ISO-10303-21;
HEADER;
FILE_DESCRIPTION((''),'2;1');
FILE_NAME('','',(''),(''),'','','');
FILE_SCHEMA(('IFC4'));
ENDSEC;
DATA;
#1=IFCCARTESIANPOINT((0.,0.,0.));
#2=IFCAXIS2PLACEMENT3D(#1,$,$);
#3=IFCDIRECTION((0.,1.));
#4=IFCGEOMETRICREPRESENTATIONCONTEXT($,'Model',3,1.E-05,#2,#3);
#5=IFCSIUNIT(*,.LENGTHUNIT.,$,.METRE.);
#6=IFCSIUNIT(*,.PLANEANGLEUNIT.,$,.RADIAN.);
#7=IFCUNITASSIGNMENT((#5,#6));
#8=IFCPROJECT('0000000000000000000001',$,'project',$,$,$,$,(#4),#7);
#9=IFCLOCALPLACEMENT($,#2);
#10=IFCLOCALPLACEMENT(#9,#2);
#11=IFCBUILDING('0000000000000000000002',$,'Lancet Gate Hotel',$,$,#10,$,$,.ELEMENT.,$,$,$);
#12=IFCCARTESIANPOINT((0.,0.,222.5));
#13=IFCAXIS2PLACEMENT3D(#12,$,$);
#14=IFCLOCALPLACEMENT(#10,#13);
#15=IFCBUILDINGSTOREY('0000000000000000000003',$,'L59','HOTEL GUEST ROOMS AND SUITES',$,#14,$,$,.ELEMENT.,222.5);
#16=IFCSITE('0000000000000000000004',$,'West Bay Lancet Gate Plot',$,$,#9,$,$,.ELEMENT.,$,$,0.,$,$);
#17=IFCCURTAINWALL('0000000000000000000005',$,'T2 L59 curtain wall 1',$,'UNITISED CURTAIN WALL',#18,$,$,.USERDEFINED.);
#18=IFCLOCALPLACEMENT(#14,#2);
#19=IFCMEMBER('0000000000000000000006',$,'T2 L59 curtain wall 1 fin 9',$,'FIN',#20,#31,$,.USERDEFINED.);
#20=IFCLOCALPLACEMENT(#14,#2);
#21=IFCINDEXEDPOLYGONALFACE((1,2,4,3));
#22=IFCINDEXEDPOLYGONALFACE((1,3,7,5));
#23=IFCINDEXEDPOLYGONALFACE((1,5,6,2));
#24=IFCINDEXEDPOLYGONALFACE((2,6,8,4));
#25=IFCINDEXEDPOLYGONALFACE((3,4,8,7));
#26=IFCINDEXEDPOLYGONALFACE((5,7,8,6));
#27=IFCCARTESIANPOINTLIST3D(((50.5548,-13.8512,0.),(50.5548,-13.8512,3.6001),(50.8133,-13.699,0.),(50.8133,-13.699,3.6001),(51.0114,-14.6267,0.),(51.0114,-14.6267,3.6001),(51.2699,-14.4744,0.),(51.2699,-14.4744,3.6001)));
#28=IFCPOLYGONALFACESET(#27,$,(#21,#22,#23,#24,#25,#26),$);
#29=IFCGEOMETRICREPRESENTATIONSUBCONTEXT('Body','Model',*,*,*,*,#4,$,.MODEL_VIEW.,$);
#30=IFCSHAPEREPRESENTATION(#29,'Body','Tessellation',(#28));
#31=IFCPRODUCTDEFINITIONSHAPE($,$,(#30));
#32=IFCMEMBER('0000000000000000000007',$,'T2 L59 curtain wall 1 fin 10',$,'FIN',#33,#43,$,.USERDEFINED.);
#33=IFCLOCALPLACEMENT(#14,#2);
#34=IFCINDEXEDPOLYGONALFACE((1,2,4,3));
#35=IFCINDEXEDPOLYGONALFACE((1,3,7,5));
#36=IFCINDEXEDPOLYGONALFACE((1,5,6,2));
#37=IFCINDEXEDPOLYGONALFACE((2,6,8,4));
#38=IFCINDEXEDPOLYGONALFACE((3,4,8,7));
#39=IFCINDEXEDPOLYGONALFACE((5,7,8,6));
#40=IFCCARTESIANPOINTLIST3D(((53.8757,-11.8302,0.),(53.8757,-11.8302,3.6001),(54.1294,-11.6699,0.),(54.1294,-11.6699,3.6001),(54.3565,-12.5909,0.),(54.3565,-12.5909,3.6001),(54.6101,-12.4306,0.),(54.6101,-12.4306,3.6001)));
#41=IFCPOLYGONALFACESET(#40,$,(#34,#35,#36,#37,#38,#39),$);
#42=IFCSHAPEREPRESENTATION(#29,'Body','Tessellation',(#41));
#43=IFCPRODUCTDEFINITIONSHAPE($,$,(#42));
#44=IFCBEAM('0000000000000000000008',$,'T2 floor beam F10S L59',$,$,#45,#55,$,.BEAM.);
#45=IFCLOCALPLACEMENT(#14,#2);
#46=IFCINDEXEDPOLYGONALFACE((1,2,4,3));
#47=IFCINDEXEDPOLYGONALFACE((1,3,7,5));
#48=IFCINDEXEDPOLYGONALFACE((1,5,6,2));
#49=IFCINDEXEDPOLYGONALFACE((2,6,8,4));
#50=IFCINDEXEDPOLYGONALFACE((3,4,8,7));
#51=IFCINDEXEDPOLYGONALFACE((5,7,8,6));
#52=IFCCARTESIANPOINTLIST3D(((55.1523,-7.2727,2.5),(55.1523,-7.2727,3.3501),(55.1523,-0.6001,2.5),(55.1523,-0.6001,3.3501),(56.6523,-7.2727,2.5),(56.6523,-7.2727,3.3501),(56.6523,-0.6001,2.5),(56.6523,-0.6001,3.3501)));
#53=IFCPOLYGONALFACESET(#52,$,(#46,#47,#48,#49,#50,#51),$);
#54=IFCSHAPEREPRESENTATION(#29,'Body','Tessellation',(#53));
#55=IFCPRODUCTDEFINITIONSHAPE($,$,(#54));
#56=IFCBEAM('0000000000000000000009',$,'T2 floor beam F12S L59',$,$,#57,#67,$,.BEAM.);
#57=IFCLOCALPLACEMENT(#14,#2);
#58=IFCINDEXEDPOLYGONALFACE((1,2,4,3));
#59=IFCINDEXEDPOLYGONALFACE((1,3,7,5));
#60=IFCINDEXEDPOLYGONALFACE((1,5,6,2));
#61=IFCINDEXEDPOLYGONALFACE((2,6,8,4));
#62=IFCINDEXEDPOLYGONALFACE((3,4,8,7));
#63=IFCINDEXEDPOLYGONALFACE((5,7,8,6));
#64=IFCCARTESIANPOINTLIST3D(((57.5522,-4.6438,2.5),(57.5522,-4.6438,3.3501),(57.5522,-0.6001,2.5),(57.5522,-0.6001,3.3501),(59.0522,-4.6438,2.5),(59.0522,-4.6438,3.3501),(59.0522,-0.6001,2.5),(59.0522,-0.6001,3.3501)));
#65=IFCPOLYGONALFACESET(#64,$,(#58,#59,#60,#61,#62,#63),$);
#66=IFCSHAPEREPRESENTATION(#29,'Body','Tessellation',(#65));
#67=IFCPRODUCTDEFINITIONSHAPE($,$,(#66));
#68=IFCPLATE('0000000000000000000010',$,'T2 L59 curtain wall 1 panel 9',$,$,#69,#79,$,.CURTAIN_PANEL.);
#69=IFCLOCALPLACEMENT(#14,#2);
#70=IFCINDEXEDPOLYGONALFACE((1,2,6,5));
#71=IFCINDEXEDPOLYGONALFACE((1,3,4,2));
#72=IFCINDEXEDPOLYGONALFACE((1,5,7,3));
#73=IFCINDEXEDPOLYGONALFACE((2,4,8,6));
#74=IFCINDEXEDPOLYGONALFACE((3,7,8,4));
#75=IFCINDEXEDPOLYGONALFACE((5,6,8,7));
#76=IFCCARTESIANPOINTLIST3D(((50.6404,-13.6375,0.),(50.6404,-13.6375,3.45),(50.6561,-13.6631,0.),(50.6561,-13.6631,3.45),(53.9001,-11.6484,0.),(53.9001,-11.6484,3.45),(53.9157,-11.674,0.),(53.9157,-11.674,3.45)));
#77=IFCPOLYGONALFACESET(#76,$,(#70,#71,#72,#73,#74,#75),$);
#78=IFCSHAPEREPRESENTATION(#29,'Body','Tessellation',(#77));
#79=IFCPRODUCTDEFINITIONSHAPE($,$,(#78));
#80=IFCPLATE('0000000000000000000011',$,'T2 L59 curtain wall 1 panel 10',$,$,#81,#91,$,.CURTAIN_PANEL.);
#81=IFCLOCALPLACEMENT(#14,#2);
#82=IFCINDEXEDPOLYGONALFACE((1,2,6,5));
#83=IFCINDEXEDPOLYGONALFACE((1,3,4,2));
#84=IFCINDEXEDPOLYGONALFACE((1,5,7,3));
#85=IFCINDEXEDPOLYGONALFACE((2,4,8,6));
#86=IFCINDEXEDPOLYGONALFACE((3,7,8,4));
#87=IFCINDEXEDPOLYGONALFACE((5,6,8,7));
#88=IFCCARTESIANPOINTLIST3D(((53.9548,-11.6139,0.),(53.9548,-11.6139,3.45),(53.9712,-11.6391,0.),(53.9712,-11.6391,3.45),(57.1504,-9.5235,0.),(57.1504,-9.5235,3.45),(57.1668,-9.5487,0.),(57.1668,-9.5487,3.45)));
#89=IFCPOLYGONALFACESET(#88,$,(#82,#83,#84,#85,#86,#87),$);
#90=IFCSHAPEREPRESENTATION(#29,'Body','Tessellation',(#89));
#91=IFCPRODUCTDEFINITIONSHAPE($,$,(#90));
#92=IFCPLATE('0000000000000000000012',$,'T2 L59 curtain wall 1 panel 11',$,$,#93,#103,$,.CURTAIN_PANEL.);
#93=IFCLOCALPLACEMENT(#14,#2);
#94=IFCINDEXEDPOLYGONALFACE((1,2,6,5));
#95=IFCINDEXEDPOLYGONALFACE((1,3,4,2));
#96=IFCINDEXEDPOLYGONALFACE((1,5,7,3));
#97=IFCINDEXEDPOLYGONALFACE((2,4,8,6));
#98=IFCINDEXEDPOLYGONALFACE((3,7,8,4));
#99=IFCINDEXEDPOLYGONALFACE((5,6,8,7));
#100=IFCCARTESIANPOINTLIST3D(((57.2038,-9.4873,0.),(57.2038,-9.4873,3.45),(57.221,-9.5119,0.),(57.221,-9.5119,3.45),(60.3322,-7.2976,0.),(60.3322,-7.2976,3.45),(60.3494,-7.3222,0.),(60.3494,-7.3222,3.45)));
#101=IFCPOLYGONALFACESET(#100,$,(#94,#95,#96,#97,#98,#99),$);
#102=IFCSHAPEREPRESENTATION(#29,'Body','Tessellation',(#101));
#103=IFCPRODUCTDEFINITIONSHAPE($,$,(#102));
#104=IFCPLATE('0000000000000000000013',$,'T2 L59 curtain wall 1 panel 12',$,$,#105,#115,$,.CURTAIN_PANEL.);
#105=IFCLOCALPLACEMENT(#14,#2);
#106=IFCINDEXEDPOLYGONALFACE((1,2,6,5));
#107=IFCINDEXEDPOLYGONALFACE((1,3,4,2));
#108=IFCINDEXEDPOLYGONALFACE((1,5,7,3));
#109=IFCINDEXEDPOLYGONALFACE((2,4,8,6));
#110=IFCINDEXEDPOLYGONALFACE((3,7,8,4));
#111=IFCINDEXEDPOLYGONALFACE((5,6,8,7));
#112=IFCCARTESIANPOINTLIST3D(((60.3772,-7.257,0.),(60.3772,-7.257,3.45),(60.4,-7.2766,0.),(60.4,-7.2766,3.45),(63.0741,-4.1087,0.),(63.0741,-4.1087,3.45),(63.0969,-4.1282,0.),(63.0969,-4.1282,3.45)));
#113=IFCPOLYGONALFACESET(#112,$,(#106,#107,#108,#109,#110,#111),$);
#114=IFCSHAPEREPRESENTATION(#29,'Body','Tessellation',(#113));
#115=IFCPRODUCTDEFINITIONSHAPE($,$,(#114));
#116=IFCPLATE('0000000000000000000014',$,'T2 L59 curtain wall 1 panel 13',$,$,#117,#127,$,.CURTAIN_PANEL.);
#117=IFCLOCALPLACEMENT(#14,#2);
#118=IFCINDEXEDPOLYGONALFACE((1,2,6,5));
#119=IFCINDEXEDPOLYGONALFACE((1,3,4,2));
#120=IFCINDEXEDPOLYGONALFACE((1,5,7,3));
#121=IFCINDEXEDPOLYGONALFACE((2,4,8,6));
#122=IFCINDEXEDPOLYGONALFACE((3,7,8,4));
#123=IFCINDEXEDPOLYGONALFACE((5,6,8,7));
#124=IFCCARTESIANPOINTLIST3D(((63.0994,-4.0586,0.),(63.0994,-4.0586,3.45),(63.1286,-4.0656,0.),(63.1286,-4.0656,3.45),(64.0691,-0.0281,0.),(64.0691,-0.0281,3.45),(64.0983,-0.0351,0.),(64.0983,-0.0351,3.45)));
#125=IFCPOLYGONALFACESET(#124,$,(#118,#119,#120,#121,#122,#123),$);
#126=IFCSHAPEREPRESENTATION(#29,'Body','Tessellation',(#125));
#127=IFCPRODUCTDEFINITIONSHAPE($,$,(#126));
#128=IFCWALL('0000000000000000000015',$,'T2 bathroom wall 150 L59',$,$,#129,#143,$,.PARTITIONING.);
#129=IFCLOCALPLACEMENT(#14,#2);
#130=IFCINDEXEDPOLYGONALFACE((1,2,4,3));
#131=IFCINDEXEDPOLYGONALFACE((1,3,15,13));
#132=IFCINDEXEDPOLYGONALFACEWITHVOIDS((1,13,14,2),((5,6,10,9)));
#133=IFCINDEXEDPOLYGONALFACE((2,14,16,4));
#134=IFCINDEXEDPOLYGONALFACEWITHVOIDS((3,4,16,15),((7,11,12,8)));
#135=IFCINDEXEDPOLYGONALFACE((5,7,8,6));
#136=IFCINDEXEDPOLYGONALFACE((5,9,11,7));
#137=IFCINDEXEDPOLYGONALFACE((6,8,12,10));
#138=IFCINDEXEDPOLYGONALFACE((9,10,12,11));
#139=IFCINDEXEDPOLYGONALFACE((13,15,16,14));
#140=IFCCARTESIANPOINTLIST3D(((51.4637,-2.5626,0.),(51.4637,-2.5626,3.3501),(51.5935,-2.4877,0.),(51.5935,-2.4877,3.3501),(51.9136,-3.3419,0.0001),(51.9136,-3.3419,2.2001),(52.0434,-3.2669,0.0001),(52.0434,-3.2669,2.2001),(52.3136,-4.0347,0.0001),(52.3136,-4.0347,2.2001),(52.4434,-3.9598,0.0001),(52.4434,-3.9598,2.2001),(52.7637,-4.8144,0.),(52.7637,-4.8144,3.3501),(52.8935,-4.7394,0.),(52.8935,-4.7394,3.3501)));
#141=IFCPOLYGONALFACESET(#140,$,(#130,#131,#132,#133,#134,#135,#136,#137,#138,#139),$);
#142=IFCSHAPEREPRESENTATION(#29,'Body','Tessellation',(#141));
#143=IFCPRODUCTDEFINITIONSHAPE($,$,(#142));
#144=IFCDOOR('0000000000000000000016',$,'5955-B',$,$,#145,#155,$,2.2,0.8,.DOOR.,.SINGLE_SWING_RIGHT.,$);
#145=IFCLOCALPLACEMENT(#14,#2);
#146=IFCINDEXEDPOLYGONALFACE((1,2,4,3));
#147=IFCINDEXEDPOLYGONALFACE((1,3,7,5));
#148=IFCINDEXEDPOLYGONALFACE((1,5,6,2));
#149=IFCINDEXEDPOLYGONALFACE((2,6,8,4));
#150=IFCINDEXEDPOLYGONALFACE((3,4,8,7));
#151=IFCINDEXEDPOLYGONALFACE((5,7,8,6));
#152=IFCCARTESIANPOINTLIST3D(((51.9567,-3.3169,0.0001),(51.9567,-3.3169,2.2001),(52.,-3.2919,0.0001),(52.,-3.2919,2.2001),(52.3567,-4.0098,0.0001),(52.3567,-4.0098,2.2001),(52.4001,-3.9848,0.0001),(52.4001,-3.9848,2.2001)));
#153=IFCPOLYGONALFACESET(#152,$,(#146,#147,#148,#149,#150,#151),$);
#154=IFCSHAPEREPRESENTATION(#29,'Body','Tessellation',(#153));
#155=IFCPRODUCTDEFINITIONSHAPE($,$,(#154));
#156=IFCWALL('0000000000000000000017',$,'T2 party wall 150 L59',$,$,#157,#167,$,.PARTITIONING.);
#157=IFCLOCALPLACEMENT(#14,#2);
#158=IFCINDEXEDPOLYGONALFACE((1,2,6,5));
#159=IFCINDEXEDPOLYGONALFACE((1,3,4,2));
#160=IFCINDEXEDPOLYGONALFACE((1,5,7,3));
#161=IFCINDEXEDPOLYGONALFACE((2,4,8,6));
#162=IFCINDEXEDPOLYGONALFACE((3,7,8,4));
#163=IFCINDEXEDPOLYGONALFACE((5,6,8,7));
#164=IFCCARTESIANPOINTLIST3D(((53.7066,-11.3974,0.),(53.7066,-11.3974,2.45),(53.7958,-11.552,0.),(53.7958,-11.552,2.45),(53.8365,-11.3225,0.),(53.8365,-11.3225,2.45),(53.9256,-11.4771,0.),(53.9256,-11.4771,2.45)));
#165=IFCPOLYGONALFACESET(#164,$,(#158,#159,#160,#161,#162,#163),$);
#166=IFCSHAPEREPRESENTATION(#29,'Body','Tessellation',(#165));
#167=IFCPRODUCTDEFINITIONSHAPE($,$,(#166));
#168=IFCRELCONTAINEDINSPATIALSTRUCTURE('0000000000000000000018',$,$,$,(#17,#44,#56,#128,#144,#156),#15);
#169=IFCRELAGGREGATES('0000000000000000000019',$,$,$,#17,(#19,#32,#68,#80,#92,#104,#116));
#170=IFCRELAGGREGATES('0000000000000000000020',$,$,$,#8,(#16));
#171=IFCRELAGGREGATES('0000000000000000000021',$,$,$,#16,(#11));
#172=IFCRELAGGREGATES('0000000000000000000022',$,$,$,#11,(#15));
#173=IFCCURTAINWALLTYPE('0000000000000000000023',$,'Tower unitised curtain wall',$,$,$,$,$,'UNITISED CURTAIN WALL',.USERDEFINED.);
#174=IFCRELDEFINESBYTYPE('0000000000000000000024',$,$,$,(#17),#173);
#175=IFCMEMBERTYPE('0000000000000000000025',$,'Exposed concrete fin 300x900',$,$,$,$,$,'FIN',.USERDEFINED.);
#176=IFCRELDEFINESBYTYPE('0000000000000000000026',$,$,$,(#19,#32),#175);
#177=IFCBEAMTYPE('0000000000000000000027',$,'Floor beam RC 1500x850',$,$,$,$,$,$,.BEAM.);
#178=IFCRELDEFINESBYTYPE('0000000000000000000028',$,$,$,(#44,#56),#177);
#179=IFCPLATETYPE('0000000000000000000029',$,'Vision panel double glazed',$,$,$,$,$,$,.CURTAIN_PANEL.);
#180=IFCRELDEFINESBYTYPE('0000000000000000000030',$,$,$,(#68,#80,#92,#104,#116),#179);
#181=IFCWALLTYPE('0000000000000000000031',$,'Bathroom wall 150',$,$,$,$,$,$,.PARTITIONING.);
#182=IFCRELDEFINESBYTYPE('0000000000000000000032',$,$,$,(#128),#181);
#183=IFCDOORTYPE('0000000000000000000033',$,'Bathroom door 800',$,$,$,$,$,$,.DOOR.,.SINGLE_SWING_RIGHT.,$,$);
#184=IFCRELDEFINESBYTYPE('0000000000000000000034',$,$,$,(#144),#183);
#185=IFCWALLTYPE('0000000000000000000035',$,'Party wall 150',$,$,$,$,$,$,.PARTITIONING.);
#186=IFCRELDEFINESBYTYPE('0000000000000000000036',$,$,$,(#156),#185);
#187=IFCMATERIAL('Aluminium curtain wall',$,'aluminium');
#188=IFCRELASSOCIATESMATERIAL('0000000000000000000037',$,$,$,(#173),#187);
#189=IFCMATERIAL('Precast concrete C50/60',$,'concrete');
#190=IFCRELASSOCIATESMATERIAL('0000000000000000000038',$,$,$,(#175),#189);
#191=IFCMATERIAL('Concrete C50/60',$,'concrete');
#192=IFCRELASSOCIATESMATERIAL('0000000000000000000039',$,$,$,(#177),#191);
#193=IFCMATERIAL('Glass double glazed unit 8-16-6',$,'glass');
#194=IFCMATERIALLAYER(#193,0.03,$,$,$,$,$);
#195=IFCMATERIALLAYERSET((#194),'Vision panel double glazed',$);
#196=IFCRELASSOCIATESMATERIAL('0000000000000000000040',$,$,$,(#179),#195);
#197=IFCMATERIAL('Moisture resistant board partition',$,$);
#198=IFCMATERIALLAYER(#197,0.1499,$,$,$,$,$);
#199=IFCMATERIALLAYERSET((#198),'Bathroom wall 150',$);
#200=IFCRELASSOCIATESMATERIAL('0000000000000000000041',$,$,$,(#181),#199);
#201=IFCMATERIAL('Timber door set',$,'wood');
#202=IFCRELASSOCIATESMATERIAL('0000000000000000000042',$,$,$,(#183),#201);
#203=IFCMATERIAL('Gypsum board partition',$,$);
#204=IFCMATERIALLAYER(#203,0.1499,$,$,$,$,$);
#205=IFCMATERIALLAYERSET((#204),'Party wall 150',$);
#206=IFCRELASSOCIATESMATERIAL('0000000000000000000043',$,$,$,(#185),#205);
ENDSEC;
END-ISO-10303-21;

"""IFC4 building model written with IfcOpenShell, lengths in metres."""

from ifc_helpers import new_model, si_unit, direction, frame, frame_2d, origin, origin_2d, place, context, subcontext, project, spatial, rectangle, extrude, material, layer, layer_set, material_profile, profile_set, type_object, element, fill, aggregate, save


model = new_model("IFC4")

# Units and contexts
model_context = context("Model", 3, precision=1e-05, world=origin(), true_north=direction((0.0, 1.0)))
body_context = subcontext(model_context, "Body", "Model", "MODEL_VIEW")
ifc_project = project(units=[si_unit("LENGTHUNIT", "METRE"), si_unit("PLANEANGLEUNIT", "RADIAN")], contexts=[model_context])

# Site, building, storey
site_placement = place(None, origin())
site = spatial("IfcSite", under=ifc_project, at=site_placement, Name="West Bay Lancet Gate Plot", CompositionType="ELEMENT", RefElevation=0.0)
building_placement = place(site_placement, origin())
building = spatial("IfcBuilding", under=site, at=building_placement, Name="Lancet Gate Hotel", CompositionType="ELEMENT")
storey_placement = place(building_placement, frame((0.0, 0.0, 222.5)))
storey = spatial("IfcBuildingStorey", under=building, at=storey_placement, Name="L59", Description="HOTEL GUEST ROOMS AND SUITES", CompositionType="ELEMENT", Elevation=222.5)

# Curtain wall
ifc_material_1 = material(Name="Aluminium curtain wall", Category="aluminium")
curtain_wall_type = type_object("IfcCurtainWallType", Name="Tower unitised curtain wall", ElementType="UNITISED CURTAIN WALL", PredefinedType="USERDEFINED", material=ifc_material_1)
curtain_wall_placement = place(storey_placement, origin())
curtain_wall = element("IfcCurtainWall", 1, at=curtain_wall_placement, inside=storey, type_object=curtain_wall_type, Name="T2 L59 curtain wall 1", ObjectType="UNITISED CURTAIN WALL", PredefinedType="USERDEFINED")

# Members
ifc_material_2 = material(Name="Precast concrete C50/60", Category="concrete")
ifc_material_profile_1 = material_profile(ifc_material_2, rectangle(XDim=0.3, YDim=0.8999, at=origin_2d()), Name="FIN 300x900")
ifc_profile_set_1 = profile_set([ifc_material_profile_1], Name="Precast concrete C50/60")
member_type_1 = type_object("IfcMemberType", Name="Exposed concrete fin 300x900", ElementType="FIN", PredefinedType="USERDEFINED", material=ifc_profile_set_1)
member_1_placement = place(storey_placement, frame((50.9124, -14.1628, 0.0), z_axis=(0.0, 0.0, 1.0), x_axis=(0.861692, 0.507432, 0.0)))
member_1 = element("IfcMember", 2, at=member_1_placement, type_object=member_type_1, Name="T2 L59 curtain wall 1 fin 9", ObjectType="FIN", PredefinedType="USERDEFINED", context=body_context, shape_type="SweptSolid", body=[
    extrude(rectangle(XDim=0.3, YDim=0.8999, at=origin_2d()), origin(), (0.0, 0.0, 1.0), 3.6001),
])
member_2_placement = place(storey_placement, frame((54.2429, -12.1304, 0.0), z_axis=(0.0, 0.0, 1.0), x_axis=(0.84534, 0.534229, 0.0)))
member_2 = element("IfcMember", 3, at=member_2_placement, type_object=member_type_1, Name="T2 L59 curtain wall 1 fin 10", ObjectType="FIN", PredefinedType="USERDEFINED", context=body_context, shape_type="SweptSolid", body=[
    extrude(rectangle(XDim=0.3, YDim=0.8999, at=origin_2d()), origin(), (0.0, 0.0, 1.0), 3.6001),
])

# Beams
ifc_material_3 = material(Name="Concrete C50/60", Category="concrete")
ifc_material_profile_2 = material_profile(ifc_material_3, rectangle(XDim=1.5, YDim=0.8501, at=origin_2d()), Name="RC 1500x850")
ifc_profile_set_2 = profile_set([ifc_material_profile_2], Name="Concrete C50/60")
beam_type_1 = type_object("IfcBeamType", Name="Floor beam RC 1500x850", PredefinedType="BEAM", material=ifc_profile_set_2)
beam_1_placement = place(storey_placement, frame((55.9023, -7.2727, 2.925), z_axis=(0.0, 1.0, 0.0), x_axis=(-1.0, 0.0, 0.0)))
element("IfcBeam", 4, at=beam_1_placement, inside=storey, type_object=beam_type_1, Name="T2 floor beam F10S L59", PredefinedType="BEAM", context=body_context, shape_type="SweptSolid", body=[
    extrude(rectangle(XDim=1.5, YDim=0.8501, at=origin_2d()), origin(), (0.0, 0.0, 1.0), 6.6726),
])
beam_2_placement = place(storey_placement, frame((58.3022, -4.6438, 2.925), z_axis=(0.0, 1.0, 0.0), x_axis=(-1.0, 0.0, 0.0)))
element("IfcBeam", 5, at=beam_2_placement, inside=storey, type_object=beam_type_1, Name="T2 floor beam F12S L59", PredefinedType="BEAM", context=body_context, shape_type="SweptSolid", body=[
    extrude(rectangle(XDim=1.5, YDim=0.8501, at=origin_2d()), origin(), (0.0, 0.0, 1.0), 4.0437),
])

# Plates
ifc_material_4 = material(Name="Glass double glazed unit 8-16-6", Category="glass")
ifc_layer_1 = layer(ifc_material_4, 0.03)
ifc_layer_set_1 = layer_set([ifc_layer_1], Name="Vision panel double glazed")
plate_type = type_object("IfcPlateType", Name="Vision panel double glazed", PredefinedType="CURTAIN_PANEL", material=ifc_layer_set_1)
plate_1_placement = place(storey_placement, frame((52.2781, -12.6558, 0.0), z_axis=(0.0, 0.0, 1.0), x_axis=(0.853621, 0.520895, 0.0)))
plate_1 = element("IfcPlate", 6, at=plate_1_placement, type_object=plate_type, Name="T2 L59 curtain wall 1 panel 9", PredefinedType="CURTAIN_PANEL", context=body_context, shape_type="SweptSolid", body=[
    extrude(rectangle(XDim=3.8186, YDim=0.03, at=origin_2d()), origin(), (0.0, 0.0, 1.0), 3.45),
])
plate_2_placement = place(storey_placement, frame((55.5608, -10.5813, 0.0), z_axis=(0.0, 0.0, 1.0), x_axis=(0.83685, 0.547432, 0.0)))
plate_2 = element("IfcPlate", 7, at=plate_2_placement, type_object=plate_type, Name="T2 L59 curtain wall 1 panel 10", PredefinedType="CURTAIN_PANEL", context=body_context, shape_type="SweptSolid", body=[
    extrude(rectangle(XDim=3.8186, YDim=0.03, at=origin_2d()), origin(), (0.0, 0.0, 1.0), 3.45),
])
plate_3_placement = place(storey_placement, frame((58.7766, -8.4048, 0.0), z_axis=(0.0, 0.0, 1.0), x_axis=(0.819255, 0.573429, 0.0)))
plate_3 = element("IfcPlate", 8, at=plate_3_placement, type_object=plate_type, Name="T2 L59 curtain wall 1 panel 11", PredefinedType="CURTAIN_PANEL", context=body_context, shape_type="SweptSolid", body=[
    extrude(rectangle(XDim=3.8186, YDim=0.03, at=origin_2d()), origin(), (0.0, 0.0, 1.0), 3.45),
])
plate_4_placement = place(storey_placement, frame((61.7371, -5.6926, 0.0), z_axis=(0.0, 0.0, 1.0), x_axis=(0.650552, 0.759462, 0.0)))
plate_4 = element("IfcPlate", 9, at=plate_4_placement, type_object=plate_type, Name="T2 L59 curtain wall 1 panel 12", PredefinedType="CURTAIN_PANEL", context=body_context, shape_type="SweptSolid", body=[
    extrude(rectangle(XDim=4.1455, YDim=0.03, at=origin_2d()), origin(), (0.0, 0.0, 1.0), 3.45),
])
plate_5_placement = place(storey_placement, frame((63.5989, -2.0469, 0.0), z_axis=(0.0, 0.0, 1.0), x_axis=(0.233916, 0.972257, 0.0)))
plate_5 = element("IfcPlate", 10, at=plate_5_placement, type_object=plate_type, Name="T2 L59 curtain wall 1 panel 13", PredefinedType="CURTAIN_PANEL", context=body_context, shape_type="SweptSolid", body=[
    extrude(rectangle(XDim=4.1455, YDim=0.03, at=origin_2d()), origin(), (0.0, 0.0, 1.0), 3.45),
])
aggregate(curtain_wall, [member_1, member_2, plate_1, plate_2, plate_3, plate_4, plate_5])

# Wall, opening, door
ifc_material_5 = material(Name="Moisture resistant board partition")
ifc_layer_2 = layer(ifc_material_5, 0.1499)
ifc_layer_set_2 = layer_set([ifc_layer_2], Name="Bathroom wall 150")
wall_type_1 = type_object("IfcWallType", Name="Bathroom wall 150", PredefinedType="PARTITIONING", material=ifc_layer_set_2)
wall_1_placement = place(storey_placement, frame((51.5286, -2.5251, 0.0), z_axis=(0.0, 0.0, 1.0), x_axis=(0.500007, -0.866021, 0.0)))
wall_1 = element("IfcWall", 11, at=wall_1_placement, inside=storey, type_object=wall_type_1, Name="T2 bathroom wall 150 L59", PredefinedType="PARTITIONING", context=body_context, shape_type="SweptSolid", body=[
    extrude(rectangle(XDim=2.6001, YDim=0.1499, at=frame_2d((1.3, 0.0))), origin(), (0.0, 0.0, 1.0), 3.3501),
])
opening_placement = place(wall_1_placement, frame((0.8999, 0.0, 0.0)))
opening = element("IfcOpeningElement", 12, at=opening_placement, cuts=wall_1, PredefinedType="OPENING", context=body_context, shape_type="SweptSolid", body=[
    extrude(rectangle(XDim=0.8, YDim=2.2, at=frame_2d((0.3999, 1.1001))), frame((0.0, 0.085, 0.0), z_axis=(0.0, -1.0, 0.0), x_axis=(1.0, 0.0, 0.0)), (0.0, 0.0, 1.0), 0.1699),
])
ifc_material_6 = material(Name="Timber door set", Category="wood")
door_type = type_object("IfcDoorType", Name="Bathroom door 800", OperationType="SINGLE_SWING_RIGHT", PredefinedType="DOOR", material=ifc_material_6)
door_placement = place(opening_placement, origin())
door = element("IfcDoor", 13, at=door_placement, inside=storey, type_object=door_type, Name="5955-B", OperationType="SINGLE_SWING_RIGHT", OverallHeight=2.2, OverallWidth=0.8, PredefinedType="DOOR", context=body_context, shape_type="SweptSolid", body=[
    extrude(rectangle(XDim=0.8, YDim=2.2, at=frame_2d((0.3999, 1.1001))), frame((0.0, 0.0249, 0.0), z_axis=(0.0, -1.0, 0.0), x_axis=(1.0, 0.0, 0.0)), (0.0, 0.0, 1.0), 0.05),
])
fill(opening, door)

# Wall
ifc_material_7 = material(Name="Gypsum board partition")
ifc_layer_3 = layer(ifc_material_7, 0.1499)
ifc_layer_set_3 = layer_set([ifc_layer_3], Name="Party wall 150")
wall_type_2 = type_object("IfcWallType", Name="Party wall 150", PredefinedType="PARTITIONING", material=ifc_layer_set_3)
wall_2_placement = place(storey_placement, frame((53.7715, -11.3599, 0.0), z_axis=(0.0, 0.0, 1.0), x_axis=(0.499525, -0.866299, 0.0)))
element("IfcWall", 14, at=wall_2_placement, inside=storey, type_object=wall_type_2, Name="T2 party wall 150 L59", PredefinedType="PARTITIONING", context=body_context, shape_type="SweptSolid", body=[
    extrude(rectangle(XDim=0.1785, YDim=0.1499, at=frame_2d((0.0894, 0.0))), origin(), (0.0, 0.0, 1.0), 2.45),
])

save(model, "model.ifc")
